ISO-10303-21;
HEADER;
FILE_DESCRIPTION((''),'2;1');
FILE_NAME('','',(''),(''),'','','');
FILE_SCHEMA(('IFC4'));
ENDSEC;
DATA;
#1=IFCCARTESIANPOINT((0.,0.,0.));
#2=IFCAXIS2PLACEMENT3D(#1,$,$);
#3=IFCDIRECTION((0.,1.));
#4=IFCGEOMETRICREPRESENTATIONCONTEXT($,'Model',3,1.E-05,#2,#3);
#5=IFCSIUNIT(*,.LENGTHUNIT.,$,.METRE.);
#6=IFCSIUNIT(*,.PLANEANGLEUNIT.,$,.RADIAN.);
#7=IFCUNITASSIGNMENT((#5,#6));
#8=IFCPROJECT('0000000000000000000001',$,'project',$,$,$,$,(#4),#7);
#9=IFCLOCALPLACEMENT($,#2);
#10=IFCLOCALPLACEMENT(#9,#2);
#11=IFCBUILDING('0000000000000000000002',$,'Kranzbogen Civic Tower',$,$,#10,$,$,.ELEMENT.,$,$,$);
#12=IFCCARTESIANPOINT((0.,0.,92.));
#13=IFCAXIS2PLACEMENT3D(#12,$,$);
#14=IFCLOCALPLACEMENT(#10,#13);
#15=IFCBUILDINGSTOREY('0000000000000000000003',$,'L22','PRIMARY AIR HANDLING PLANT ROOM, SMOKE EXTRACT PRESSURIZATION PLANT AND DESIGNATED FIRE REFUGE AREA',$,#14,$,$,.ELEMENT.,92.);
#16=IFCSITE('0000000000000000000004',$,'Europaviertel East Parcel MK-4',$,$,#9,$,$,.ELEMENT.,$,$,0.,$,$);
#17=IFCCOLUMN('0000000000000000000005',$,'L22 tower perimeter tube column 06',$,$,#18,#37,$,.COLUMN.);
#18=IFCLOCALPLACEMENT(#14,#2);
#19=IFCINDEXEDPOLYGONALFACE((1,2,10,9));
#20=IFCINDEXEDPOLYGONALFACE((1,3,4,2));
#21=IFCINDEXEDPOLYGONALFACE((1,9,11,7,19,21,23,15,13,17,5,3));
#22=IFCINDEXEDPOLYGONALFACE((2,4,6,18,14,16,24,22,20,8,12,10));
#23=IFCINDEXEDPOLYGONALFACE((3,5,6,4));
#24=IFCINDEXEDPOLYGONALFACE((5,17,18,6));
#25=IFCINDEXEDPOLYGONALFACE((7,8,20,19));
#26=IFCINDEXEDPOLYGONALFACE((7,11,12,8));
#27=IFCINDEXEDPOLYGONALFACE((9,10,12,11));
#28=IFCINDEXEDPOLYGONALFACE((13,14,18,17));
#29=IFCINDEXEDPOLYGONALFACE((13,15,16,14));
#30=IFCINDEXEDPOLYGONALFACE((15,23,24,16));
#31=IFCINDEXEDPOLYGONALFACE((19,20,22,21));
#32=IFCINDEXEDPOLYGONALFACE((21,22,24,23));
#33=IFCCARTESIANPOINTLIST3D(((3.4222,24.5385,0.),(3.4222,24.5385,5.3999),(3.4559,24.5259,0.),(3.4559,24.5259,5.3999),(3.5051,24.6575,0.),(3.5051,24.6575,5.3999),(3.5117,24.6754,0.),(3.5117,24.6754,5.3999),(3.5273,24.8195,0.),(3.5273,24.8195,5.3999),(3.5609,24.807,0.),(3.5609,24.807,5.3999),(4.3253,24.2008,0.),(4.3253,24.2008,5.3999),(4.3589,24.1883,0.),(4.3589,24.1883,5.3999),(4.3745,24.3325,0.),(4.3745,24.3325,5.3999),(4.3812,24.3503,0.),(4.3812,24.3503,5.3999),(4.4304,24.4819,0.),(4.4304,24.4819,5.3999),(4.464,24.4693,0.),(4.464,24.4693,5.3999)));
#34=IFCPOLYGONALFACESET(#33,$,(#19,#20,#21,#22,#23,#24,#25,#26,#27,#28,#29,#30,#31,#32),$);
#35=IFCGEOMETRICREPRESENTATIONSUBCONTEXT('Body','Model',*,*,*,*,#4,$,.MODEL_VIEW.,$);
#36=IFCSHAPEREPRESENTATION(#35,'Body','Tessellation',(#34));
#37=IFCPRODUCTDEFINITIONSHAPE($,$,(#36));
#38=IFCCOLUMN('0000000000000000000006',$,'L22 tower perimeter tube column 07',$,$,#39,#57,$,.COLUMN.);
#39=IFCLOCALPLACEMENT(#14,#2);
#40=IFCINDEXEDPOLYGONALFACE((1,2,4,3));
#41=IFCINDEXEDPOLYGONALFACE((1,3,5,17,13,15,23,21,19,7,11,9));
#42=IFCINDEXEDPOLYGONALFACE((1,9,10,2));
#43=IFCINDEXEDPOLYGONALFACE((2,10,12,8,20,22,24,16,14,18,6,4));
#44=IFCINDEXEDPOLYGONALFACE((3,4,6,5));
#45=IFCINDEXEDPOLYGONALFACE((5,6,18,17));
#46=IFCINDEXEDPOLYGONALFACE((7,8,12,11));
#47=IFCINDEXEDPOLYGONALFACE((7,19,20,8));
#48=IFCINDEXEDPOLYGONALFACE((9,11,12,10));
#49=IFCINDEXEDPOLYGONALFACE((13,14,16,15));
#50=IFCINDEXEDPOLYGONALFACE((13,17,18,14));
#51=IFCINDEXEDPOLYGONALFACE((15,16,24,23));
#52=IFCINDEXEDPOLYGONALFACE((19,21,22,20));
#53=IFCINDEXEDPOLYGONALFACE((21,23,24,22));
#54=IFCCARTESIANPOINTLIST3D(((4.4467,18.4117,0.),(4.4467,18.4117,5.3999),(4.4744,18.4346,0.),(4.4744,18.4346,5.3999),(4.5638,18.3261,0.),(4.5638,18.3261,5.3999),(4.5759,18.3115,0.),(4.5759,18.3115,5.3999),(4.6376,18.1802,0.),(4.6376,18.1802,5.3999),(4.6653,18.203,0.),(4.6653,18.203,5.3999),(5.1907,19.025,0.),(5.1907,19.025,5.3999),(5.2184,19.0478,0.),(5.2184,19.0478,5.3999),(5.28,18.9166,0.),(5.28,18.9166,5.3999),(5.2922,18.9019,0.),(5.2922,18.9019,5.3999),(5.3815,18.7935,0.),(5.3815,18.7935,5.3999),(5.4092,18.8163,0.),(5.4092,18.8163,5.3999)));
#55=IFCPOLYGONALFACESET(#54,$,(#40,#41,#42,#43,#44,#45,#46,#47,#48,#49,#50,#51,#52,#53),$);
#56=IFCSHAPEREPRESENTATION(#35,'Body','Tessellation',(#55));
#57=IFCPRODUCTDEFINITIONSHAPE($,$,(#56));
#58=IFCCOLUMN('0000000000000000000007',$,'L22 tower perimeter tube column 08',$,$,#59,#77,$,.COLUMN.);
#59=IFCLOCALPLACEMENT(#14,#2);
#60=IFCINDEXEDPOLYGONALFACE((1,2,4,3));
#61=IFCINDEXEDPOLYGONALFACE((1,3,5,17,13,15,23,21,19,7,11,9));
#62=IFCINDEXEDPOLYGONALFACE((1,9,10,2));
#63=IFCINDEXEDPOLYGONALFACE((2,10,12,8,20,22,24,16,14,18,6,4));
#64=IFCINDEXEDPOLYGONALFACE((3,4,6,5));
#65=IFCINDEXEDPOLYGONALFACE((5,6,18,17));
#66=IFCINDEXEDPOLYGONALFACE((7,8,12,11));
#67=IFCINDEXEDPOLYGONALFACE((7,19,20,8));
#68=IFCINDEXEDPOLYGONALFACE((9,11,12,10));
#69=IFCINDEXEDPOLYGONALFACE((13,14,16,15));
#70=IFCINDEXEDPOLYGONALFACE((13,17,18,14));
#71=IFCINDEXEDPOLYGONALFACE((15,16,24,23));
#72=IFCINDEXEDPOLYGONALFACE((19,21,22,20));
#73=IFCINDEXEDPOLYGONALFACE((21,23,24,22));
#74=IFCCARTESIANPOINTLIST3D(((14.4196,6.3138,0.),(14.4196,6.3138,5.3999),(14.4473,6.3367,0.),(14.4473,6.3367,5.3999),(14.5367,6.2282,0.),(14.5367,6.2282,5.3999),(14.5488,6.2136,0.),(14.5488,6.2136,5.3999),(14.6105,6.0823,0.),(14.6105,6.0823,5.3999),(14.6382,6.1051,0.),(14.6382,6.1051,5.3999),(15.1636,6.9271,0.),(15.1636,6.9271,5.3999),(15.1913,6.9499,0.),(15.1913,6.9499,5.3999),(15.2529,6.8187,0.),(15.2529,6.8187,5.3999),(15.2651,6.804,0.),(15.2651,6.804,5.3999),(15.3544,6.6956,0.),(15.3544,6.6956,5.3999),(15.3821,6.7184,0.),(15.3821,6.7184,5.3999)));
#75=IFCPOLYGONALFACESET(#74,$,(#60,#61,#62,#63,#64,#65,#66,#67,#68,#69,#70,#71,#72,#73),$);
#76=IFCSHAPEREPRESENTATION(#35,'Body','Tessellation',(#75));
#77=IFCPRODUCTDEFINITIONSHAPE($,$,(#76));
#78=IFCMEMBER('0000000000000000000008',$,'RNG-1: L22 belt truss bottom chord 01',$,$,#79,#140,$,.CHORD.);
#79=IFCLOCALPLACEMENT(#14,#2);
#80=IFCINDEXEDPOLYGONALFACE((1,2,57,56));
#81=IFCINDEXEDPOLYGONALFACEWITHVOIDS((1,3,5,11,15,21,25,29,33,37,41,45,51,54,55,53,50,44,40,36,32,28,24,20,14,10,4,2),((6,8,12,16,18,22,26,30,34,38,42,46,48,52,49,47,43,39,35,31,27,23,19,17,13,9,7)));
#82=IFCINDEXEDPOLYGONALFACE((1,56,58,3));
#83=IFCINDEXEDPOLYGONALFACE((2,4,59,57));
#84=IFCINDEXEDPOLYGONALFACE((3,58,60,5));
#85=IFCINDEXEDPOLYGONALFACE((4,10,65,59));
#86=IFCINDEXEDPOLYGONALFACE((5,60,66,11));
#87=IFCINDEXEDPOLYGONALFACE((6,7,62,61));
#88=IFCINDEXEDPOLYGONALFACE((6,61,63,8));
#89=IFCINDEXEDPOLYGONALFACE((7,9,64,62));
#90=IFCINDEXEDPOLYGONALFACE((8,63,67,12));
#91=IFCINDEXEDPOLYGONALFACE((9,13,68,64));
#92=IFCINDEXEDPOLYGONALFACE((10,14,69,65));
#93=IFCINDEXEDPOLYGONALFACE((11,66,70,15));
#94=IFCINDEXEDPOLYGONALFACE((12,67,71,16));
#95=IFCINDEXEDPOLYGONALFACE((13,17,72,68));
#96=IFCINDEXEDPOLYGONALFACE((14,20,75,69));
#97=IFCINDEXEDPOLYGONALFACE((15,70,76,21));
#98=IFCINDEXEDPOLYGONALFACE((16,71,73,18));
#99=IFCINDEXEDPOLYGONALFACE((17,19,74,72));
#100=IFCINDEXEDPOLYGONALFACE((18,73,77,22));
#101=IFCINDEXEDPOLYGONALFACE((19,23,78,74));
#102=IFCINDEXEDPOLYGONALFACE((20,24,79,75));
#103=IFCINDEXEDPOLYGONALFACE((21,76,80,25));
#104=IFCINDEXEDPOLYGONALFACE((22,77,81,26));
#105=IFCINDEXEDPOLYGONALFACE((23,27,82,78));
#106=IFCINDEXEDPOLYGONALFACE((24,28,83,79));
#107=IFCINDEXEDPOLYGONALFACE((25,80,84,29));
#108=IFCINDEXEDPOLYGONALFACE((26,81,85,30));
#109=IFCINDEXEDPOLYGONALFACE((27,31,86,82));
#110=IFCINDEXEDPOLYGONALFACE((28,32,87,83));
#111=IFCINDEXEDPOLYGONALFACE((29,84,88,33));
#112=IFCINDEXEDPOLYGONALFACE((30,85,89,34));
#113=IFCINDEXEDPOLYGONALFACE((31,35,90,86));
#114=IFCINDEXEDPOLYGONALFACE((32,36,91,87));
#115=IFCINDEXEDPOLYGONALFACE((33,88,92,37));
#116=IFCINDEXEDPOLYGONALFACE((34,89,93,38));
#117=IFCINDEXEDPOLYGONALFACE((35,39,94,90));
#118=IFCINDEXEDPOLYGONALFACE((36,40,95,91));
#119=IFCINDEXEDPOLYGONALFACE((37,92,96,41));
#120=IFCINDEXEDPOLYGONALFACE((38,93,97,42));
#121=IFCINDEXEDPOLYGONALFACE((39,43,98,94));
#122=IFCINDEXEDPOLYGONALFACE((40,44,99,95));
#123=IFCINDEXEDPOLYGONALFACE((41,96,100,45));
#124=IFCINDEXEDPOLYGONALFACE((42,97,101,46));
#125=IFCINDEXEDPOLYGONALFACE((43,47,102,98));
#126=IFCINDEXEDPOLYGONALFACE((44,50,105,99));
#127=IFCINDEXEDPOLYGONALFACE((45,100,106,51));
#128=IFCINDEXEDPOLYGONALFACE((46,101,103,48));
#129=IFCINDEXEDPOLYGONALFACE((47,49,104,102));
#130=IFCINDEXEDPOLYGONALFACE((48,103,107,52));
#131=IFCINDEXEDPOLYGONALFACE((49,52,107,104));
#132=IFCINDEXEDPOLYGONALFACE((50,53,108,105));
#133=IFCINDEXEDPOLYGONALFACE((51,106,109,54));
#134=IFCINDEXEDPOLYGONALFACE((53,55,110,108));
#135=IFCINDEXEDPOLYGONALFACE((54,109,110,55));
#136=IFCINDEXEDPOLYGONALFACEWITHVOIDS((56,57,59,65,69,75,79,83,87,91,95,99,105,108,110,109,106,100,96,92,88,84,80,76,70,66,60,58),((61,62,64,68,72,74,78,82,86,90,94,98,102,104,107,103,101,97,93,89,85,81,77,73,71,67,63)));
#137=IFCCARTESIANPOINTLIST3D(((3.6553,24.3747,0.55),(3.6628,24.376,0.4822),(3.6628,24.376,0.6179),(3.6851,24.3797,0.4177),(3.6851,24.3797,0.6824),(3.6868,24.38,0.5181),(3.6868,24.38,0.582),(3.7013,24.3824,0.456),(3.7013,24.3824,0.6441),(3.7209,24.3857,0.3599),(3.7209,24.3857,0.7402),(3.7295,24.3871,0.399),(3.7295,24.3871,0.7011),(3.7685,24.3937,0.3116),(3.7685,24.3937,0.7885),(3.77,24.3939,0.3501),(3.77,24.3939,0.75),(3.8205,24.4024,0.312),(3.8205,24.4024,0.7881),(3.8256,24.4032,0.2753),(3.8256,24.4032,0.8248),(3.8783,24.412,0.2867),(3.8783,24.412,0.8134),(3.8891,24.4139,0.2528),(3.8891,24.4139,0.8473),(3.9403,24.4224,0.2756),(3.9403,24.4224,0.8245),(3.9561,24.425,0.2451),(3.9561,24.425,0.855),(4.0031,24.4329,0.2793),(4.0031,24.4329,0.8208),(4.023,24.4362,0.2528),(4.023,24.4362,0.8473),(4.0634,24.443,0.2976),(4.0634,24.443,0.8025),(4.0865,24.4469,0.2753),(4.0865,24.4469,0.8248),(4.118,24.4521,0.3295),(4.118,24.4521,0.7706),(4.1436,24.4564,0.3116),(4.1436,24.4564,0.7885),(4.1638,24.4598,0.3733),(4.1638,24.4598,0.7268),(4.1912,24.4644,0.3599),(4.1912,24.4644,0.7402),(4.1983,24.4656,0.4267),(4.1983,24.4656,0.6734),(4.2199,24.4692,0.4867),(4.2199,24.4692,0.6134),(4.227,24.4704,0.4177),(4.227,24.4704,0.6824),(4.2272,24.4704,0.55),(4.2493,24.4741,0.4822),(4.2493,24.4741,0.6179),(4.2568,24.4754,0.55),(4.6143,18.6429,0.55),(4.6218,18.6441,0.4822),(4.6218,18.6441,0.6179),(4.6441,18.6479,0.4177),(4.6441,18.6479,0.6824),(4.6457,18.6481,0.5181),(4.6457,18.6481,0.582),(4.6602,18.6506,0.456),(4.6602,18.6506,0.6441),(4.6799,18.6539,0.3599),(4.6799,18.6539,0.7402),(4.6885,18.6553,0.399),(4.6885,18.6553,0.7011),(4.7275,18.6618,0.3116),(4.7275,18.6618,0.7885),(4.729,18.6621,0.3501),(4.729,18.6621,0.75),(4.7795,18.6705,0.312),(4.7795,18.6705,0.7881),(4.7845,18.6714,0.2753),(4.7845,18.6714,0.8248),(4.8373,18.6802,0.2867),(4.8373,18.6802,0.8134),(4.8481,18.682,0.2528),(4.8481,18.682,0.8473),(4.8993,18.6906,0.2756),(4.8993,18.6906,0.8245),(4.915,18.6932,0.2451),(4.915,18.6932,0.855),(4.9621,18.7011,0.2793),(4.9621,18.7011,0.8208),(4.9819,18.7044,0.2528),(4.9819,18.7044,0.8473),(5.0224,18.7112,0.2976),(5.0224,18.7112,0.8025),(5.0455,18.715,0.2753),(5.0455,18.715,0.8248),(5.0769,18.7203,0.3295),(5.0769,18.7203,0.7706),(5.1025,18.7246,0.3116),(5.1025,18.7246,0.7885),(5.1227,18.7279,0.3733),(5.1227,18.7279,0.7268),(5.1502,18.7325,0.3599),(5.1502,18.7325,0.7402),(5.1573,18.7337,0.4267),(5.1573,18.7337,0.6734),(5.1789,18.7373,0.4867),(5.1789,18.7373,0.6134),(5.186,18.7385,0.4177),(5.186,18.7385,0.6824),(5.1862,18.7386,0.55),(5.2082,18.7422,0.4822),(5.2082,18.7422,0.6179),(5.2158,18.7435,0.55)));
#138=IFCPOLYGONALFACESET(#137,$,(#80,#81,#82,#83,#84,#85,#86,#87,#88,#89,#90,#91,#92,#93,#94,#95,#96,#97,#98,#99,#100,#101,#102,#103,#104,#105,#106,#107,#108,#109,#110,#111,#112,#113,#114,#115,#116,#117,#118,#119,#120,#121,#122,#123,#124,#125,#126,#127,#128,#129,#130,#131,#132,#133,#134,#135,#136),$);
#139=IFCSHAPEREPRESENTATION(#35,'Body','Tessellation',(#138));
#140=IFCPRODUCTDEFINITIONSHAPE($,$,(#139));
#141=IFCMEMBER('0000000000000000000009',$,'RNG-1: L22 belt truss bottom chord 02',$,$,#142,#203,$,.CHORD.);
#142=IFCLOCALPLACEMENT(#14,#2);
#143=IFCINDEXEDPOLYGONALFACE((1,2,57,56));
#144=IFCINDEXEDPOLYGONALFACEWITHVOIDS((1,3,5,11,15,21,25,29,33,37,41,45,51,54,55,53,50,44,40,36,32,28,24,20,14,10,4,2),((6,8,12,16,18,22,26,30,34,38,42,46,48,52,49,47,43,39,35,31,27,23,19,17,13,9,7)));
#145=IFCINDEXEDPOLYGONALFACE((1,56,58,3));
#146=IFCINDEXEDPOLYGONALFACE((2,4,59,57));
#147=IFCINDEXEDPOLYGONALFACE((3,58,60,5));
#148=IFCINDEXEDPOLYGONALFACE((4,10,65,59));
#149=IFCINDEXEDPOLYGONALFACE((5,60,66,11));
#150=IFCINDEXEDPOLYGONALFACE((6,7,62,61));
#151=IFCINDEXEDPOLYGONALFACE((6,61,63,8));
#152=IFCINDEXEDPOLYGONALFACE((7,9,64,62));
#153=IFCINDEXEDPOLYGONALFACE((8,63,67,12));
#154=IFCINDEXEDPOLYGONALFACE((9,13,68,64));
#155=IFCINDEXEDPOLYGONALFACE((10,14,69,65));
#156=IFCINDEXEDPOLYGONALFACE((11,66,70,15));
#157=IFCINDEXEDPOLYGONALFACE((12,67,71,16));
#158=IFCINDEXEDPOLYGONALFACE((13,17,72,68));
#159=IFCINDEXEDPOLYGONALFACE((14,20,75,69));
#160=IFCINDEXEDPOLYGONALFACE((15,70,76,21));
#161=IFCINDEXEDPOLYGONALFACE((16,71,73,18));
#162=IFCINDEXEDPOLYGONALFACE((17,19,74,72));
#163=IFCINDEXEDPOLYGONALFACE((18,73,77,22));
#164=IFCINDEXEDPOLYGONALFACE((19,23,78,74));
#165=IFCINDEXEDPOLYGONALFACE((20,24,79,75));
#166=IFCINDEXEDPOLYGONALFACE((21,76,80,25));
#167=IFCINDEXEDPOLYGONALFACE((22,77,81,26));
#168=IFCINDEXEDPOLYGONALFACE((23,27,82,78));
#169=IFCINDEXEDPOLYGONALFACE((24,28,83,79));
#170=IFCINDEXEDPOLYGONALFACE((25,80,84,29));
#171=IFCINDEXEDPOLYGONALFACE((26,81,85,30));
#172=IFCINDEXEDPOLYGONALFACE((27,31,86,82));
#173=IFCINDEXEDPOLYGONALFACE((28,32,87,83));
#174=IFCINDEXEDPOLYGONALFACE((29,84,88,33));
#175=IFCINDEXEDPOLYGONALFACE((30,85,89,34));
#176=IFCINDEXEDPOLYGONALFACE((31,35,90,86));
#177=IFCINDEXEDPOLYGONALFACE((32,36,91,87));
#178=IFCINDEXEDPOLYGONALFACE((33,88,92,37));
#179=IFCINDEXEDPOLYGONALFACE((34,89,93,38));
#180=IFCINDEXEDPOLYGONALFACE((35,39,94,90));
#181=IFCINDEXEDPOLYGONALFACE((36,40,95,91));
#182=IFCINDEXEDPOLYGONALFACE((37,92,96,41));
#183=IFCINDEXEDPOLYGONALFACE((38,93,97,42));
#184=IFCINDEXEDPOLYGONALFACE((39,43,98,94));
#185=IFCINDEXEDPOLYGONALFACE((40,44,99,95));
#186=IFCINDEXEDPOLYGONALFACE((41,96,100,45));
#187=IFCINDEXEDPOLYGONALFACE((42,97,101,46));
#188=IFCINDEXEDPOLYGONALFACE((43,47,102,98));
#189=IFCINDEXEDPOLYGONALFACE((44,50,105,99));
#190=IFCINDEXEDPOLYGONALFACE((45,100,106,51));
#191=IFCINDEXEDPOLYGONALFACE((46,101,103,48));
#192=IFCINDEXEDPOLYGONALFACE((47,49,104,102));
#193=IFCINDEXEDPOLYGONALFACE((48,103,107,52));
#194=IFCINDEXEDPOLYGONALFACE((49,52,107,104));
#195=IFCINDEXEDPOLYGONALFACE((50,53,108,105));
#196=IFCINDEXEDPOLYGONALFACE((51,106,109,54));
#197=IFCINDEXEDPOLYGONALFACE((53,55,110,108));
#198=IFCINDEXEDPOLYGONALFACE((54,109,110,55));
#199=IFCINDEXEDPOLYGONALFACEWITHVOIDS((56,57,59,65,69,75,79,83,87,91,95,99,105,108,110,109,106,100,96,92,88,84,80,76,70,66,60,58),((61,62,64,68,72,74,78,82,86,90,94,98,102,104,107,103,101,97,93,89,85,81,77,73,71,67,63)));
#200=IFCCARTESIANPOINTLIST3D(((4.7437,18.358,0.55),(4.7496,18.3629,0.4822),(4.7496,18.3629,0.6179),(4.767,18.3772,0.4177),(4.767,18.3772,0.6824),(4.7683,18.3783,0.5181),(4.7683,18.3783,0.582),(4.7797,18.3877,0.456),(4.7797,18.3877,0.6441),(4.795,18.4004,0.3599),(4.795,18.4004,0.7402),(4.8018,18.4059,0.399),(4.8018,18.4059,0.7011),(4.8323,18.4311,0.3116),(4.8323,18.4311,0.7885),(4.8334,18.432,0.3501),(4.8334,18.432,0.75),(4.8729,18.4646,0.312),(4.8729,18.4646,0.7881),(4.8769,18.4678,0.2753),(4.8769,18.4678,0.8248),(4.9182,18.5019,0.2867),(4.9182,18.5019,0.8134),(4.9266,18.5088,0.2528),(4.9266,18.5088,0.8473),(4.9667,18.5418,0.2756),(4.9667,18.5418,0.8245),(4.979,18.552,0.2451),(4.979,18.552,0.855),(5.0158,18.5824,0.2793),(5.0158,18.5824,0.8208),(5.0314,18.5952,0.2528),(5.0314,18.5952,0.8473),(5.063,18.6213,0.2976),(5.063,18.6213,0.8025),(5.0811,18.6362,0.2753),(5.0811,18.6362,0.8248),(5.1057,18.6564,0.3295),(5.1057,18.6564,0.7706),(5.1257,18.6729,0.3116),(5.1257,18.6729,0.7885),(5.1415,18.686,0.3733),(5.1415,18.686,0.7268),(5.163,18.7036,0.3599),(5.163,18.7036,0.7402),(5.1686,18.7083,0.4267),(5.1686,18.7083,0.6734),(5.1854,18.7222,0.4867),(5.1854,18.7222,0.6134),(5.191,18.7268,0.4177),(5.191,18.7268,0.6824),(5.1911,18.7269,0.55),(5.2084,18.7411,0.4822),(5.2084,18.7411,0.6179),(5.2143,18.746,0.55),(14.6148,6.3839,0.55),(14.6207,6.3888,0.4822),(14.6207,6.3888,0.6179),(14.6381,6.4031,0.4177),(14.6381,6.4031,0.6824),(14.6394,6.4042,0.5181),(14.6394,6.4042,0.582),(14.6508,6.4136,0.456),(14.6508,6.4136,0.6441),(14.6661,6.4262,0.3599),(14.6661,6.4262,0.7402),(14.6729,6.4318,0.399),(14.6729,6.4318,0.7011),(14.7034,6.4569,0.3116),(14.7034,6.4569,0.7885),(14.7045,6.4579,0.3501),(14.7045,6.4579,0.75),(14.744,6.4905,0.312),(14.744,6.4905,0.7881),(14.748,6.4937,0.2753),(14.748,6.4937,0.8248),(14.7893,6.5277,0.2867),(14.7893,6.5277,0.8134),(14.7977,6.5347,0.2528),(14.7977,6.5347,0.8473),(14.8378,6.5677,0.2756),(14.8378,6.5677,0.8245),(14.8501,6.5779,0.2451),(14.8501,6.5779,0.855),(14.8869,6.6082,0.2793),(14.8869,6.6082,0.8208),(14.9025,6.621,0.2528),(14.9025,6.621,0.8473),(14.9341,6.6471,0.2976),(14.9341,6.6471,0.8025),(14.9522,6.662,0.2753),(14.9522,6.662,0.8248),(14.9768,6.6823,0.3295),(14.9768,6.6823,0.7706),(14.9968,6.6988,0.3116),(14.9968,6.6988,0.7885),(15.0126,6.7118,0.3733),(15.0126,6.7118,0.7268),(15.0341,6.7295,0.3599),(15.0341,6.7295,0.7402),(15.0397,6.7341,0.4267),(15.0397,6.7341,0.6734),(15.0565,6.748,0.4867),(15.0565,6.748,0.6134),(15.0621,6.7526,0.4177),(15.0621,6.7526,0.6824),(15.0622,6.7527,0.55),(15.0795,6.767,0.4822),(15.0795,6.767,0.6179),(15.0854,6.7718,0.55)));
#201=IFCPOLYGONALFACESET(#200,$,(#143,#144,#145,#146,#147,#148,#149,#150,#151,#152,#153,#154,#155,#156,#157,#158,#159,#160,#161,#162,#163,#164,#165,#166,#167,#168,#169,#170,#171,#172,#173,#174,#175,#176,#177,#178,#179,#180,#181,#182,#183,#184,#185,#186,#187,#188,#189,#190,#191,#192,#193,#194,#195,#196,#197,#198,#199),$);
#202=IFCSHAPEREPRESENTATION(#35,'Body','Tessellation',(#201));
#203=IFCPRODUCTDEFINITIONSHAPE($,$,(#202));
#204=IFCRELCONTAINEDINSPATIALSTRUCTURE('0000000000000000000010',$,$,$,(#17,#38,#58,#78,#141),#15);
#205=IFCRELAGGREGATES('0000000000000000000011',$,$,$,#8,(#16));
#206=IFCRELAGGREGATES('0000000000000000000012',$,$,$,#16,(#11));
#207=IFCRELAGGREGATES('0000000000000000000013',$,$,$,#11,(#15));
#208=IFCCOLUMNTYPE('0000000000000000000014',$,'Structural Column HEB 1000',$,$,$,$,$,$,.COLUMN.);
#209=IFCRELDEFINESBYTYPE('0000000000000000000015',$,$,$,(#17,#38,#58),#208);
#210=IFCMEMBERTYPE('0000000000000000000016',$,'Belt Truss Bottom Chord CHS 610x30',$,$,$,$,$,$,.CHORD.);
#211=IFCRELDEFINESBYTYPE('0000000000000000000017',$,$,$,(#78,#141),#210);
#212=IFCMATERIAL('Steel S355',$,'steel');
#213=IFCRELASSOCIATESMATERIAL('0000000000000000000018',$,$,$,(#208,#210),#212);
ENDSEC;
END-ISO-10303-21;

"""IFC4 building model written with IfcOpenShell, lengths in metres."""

from ifc_helpers import new_model, si_unit, direction, frame, origin, origin_2d, place, context, subcontext, project, spatial, hollow_circle, i_section, extrude, material, material_profile, profile_set, type_object, element, save


model = new_model("IFC4")

# Units and contexts
model_context = context("Model", 3, precision=1e-05, world=origin(), true_north=direction((0.0, 1.0)))
body_context = subcontext(model_context, "Body", "Model", "MODEL_VIEW")
ifc_project = project(units=[si_unit("LENGTHUNIT", "METRE"), si_unit("PLANEANGLEUNIT", "RADIAN")], contexts=[model_context])

# Site, building, storey
site_placement = place(None, origin())
site = spatial("IfcSite", under=ifc_project, at=site_placement, Name="Europaviertel East Parcel MK-4", CompositionType="ELEMENT", RefElevation=0.0)
building_placement = place(site_placement, origin())
building = spatial("IfcBuilding", under=site, at=building_placement, Name="Kranzbogen Civic Tower", CompositionType="ELEMENT")
storey_placement = place(building_placement, frame((0.0, 0.0, 92.0)))
storey = spatial("IfcBuildingStorey", under=building, at=storey_placement, Name="L22", Description="PRIMARY AIR HANDLING PLANT ROOM, SMOKE EXTRACT PRESSURIZATION PLANT AND DESIGNATED FIRE REFUGE AREA", CompositionType="ELEMENT", Elevation=92.0)

# Columns
ifc_material_1 = material(Name="Steel S355", Category="steel")
ifc_material_profile_1 = material_profile(ifc_material_1, i_section(OverallWidth=0.3, OverallDepth=1.0, WebThickness=0.019, FlangeThickness=0.0359, at=origin_2d()), Name="HEB 1000")
ifc_profile_set_1 = profile_set([ifc_material_profile_1], Name="Steel S355")
column_type = type_object("IfcColumnType", Name="Structural Column HEB 1000", PredefinedType="COLUMN", material=ifc_profile_set_1)
for number, where, z_axis, x_axis, name in (
    (1, (3.9431, 24.5039, 0.0), (0.0, 0.0, 1.0), (0.350207, 0.936672, 0.0), "L22 tower perimeter tube column 06"),
    (2, (4.928, 18.614, 0.0), (0.0, 0.0, 1.0), (-0.636078, 0.771625, 0.0), "L22 tower perimeter tube column 07"),
    (3, (14.9009, 6.5161, 0.0), (0.0, 0.0, 1.0), (-0.636078, 0.771625, 0.0), "L22 tower perimeter tube column 08"),
):
    element("IfcColumn", number, at=place(storey_placement, frame(where, z_axis=z_axis, x_axis=x_axis)), inside=storey, type_object=column_type, Name=name, PredefinedType="COLUMN", context=body_context, shape_type="SweptSolid", body=[
        extrude(i_section(OverallWidth=0.3, OverallDepth=1.0, WebThickness=0.019, FlangeThickness=0.0359, at=origin_2d()), origin(), (0.0, 0.0, 1.0), 5.3999),
    ])

# Members
ifc_material_profile_2 = material_profile(ifc_material_1, hollow_circle(Radius=0.3049, WallThickness=0.03, at=origin_2d()), Name="CHS 610x30")
ifc_profile_set_2 = profile_set([ifc_material_profile_2], Name="Steel S355")
member_type_1 = type_object("IfcMemberType", Name="Belt Truss Bottom Chord CHS 610x30", PredefinedType="CHORD", material=ifc_profile_set_2)
member_1_placement = place(storey_placement, frame((3.9561, 24.425, 0.55), z_axis=(0.165012, -0.986292, 0.0), x_axis=(0.986292, 0.165012, 0.0)))
element("IfcMember", 4, at=member_1_placement, inside=storey, type_object=member_type_1, Name="RNG-1: L22 belt truss bottom chord 01", PredefinedType="CHORD", context=body_context, shape_type="SweptSolid", body=[
    extrude(hollow_circle(Radius=0.3049, WallThickness=0.03, at=origin_2d()), origin(), (0.0, 0.0, 1.0), 5.8115),
])
member_2_placement = place(storey_placement, frame((4.979, 18.552, 0.55), z_axis=(0.636093, -0.771612, 0.0), x_axis=(0.771612, 0.636093, 0.0)))
element("IfcMember", 5, at=member_2_placement, inside=storey, type_object=member_type_1, Name="RNG-1: L22 belt truss bottom chord 02", PredefinedType="CHORD", context=body_context, shape_type="SweptSolid", body=[
    extrude(hollow_circle(Radius=0.3049, WallThickness=0.03, at=origin_2d()), origin(), (0.0, 0.0, 1.0), 15.5183),
])

save(model, "model.ifc")
